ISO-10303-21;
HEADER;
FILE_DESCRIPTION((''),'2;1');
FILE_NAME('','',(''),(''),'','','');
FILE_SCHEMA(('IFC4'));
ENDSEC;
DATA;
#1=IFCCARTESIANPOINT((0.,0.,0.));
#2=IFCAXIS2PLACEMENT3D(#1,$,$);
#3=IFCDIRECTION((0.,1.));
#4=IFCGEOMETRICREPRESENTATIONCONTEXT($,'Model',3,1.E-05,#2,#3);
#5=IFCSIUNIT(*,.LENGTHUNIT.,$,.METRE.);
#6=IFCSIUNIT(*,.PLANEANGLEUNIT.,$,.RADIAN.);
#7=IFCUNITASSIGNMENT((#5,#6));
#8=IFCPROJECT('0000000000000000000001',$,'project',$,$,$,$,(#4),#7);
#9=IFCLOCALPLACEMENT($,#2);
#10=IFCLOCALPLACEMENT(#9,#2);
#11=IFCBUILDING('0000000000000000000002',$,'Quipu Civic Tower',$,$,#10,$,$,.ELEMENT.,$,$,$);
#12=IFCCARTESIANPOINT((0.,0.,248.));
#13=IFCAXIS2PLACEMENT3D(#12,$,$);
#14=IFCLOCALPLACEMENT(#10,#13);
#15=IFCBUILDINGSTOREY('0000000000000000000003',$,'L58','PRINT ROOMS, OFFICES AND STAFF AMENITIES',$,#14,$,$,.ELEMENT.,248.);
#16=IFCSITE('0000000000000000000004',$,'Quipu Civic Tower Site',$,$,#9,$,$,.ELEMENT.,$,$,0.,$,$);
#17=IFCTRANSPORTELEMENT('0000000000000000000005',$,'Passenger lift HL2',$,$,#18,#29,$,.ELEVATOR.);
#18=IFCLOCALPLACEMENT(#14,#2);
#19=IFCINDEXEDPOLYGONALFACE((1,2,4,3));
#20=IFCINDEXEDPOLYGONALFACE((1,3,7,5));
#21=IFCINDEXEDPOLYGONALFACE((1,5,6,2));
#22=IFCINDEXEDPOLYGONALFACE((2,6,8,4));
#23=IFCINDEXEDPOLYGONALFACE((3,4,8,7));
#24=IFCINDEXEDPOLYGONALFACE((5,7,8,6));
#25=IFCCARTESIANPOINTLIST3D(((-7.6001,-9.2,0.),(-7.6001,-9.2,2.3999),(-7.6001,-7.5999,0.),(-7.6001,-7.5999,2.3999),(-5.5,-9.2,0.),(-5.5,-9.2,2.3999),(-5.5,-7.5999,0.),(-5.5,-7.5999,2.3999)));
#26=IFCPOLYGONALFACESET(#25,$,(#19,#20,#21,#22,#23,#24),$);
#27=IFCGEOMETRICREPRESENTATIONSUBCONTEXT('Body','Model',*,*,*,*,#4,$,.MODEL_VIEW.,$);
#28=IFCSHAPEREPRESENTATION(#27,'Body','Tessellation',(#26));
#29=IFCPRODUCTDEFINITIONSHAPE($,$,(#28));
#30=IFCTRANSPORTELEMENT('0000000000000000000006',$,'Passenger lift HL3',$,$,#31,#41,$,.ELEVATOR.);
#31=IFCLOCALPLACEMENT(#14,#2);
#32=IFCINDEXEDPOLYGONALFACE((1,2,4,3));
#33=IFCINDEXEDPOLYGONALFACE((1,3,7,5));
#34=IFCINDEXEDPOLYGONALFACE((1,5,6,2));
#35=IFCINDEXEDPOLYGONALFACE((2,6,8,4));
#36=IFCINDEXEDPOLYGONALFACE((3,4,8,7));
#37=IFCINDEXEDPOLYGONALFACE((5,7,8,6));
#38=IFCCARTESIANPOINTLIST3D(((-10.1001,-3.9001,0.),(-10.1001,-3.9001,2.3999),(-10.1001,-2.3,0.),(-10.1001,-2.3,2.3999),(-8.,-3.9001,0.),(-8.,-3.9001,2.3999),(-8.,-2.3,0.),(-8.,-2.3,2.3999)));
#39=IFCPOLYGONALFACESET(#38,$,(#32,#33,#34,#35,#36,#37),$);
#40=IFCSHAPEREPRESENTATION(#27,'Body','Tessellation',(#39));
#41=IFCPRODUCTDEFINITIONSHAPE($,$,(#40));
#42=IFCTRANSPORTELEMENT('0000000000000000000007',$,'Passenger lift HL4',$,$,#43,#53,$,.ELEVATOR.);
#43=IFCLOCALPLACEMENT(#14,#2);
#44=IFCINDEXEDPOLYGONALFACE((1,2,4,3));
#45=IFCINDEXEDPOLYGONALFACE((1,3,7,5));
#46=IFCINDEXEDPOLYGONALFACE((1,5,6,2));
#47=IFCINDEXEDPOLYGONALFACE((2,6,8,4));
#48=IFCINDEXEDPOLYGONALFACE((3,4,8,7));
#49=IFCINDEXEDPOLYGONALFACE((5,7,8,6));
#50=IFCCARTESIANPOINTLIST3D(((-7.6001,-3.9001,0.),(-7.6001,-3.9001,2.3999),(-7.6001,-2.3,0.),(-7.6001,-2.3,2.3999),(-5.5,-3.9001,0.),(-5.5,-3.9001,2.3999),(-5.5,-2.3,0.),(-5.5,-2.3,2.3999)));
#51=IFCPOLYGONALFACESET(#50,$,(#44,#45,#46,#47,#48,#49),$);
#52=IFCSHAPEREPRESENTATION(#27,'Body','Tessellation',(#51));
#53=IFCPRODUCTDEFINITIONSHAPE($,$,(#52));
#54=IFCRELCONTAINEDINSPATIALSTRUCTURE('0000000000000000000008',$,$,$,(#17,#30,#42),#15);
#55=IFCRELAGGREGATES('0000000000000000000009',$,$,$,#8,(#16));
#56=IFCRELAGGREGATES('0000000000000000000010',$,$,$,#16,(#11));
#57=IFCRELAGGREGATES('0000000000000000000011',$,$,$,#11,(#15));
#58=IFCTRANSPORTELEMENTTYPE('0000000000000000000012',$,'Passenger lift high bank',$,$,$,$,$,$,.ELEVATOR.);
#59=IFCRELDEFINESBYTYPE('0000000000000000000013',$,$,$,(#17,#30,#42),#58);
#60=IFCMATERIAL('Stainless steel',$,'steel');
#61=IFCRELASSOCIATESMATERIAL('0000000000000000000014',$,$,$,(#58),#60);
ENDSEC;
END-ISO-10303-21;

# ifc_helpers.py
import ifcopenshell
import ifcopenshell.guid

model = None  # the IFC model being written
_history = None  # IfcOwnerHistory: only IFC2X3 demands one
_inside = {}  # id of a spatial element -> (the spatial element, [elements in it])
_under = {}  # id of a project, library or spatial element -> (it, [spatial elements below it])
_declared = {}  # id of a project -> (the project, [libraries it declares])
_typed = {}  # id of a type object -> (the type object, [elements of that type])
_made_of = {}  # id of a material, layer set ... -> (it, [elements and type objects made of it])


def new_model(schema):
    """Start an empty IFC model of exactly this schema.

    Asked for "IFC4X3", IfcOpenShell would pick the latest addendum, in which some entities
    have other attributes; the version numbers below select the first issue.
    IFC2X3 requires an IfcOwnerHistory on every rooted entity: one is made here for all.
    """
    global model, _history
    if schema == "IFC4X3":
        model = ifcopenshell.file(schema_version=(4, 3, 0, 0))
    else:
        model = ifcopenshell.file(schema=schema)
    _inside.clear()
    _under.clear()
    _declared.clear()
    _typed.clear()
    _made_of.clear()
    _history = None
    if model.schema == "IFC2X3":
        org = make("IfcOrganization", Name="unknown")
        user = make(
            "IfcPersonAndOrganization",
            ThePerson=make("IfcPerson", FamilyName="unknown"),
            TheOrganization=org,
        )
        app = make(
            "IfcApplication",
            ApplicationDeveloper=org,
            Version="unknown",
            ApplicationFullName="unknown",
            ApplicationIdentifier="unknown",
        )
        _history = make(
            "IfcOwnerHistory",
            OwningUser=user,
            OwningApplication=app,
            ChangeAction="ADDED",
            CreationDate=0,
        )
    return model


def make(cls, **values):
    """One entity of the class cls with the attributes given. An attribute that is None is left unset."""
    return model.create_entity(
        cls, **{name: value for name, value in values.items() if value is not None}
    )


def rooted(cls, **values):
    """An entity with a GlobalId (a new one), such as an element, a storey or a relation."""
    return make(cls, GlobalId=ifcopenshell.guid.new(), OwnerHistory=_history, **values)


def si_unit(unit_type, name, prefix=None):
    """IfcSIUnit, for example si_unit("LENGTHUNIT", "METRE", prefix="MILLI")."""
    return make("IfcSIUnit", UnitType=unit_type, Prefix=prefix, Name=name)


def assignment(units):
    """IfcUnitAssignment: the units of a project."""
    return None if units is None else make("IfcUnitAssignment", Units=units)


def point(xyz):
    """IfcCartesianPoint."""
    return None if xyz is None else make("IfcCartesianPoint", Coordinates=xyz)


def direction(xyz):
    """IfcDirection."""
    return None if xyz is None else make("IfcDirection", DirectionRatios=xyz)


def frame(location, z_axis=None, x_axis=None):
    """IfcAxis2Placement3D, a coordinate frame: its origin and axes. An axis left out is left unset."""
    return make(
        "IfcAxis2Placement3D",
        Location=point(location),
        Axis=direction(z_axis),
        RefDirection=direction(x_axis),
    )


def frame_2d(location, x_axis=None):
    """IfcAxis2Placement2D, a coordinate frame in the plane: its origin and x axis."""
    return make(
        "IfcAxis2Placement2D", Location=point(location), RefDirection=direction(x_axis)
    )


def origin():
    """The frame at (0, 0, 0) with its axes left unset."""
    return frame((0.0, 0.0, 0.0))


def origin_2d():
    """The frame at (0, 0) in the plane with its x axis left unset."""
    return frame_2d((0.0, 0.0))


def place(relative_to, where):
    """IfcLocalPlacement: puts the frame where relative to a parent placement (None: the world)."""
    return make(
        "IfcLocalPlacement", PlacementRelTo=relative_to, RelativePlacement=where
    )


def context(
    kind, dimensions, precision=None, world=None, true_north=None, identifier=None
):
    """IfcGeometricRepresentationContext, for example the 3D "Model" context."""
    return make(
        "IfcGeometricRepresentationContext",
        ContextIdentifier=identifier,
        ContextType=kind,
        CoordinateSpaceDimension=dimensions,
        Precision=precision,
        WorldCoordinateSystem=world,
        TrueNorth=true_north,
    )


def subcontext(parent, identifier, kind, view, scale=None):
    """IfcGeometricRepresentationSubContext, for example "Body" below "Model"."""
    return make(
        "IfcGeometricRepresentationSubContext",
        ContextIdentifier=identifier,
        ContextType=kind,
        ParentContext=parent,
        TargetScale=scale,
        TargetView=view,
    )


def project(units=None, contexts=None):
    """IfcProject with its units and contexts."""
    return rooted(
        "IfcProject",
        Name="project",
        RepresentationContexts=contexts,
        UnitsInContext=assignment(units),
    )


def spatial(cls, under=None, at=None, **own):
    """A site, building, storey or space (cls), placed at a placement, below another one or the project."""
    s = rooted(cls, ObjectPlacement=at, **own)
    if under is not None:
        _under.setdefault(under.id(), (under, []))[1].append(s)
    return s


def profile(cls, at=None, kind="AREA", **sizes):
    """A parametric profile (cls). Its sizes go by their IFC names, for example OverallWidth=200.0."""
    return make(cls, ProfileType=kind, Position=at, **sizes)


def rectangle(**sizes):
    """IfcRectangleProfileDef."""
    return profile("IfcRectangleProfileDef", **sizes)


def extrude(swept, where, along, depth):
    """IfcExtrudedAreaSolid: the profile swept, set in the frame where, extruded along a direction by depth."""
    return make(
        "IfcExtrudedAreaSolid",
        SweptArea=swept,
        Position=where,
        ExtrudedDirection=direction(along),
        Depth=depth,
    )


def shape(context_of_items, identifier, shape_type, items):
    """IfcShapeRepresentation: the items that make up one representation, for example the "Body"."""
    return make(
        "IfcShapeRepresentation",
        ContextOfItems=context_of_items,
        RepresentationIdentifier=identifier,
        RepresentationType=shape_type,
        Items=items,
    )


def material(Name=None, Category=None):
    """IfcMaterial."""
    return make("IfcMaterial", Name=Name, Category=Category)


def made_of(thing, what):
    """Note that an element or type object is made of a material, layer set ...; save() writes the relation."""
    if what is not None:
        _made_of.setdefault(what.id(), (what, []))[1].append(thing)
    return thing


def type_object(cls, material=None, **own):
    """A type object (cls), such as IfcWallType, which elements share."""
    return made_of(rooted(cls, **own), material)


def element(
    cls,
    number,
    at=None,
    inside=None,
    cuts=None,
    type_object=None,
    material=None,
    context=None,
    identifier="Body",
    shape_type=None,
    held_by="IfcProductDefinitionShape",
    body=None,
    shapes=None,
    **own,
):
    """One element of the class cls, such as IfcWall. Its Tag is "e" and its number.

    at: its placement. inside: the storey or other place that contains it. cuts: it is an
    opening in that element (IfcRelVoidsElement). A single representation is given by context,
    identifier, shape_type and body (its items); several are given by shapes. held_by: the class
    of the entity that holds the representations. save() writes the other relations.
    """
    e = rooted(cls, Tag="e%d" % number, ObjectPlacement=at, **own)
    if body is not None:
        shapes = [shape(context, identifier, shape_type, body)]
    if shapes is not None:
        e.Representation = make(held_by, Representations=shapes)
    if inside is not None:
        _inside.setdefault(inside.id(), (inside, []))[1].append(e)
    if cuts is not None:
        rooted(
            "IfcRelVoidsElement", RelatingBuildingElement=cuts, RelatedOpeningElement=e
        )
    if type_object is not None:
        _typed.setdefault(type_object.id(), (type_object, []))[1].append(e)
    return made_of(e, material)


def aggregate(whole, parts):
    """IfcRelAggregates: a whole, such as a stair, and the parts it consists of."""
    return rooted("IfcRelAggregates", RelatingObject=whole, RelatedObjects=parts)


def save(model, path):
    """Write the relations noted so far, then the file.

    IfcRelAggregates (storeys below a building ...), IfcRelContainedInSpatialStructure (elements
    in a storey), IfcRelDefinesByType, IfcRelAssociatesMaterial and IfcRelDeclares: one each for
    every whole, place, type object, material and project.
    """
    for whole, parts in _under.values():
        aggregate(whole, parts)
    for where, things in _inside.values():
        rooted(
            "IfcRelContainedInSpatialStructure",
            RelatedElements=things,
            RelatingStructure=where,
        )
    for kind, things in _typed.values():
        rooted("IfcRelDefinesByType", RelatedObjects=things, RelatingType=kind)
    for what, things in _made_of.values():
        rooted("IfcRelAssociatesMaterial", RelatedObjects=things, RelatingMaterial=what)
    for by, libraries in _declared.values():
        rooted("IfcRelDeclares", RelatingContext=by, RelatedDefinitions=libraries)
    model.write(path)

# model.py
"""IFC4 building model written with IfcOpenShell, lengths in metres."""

from ifc_helpers import new_model, si_unit, direction, frame, origin, origin_2d, place, context, subcontext, project, spatial, rectangle, extrude, material, type_object, element, save


model = new_model("IFC4")

# Units and contexts
model_context = context("Model", 3, precision=1e-05, world=origin(), true_north=direction((0.0, 1.0)))
body_context = subcontext(model_context, "Body", "Model", "MODEL_VIEW")
ifc_project = project(units=[si_unit("LENGTHUNIT", "METRE"), si_unit("PLANEANGLEUNIT", "RADIAN")], contexts=[model_context])

# Site, building, storey
site_placement = place(None, origin())
site = spatial("IfcSite", under=ifc_project, at=site_placement, Name="Quipu Civic Tower Site", CompositionType="ELEMENT", RefElevation=0.0)
building_placement = place(site_placement, origin())
building = spatial("IfcBuilding", under=site, at=building_placement, Name="Quipu Civic Tower", CompositionType="ELEMENT")
storey_placement = place(building_placement, frame((0.0, 0.0, 248.0)))
storey = spatial("IfcBuildingStorey", under=building, at=storey_placement, Name="L58", Description="PRINT ROOMS, OFFICES AND STAFF AMENITIES", CompositionType="ELEMENT", Elevation=248.0)

# Transport elements
ifc_material_1 = material(Name="Stainless steel", Category="steel")
transport_element_type = type_object("IfcTransportElementType", Name="Passenger lift high bank", PredefinedType="ELEVATOR", material=ifc_material_1)
for number, where, z_axis, x_axis, name in (
    (1, (-6.55, -8.3999, 0.0), (0.0, 0.0, 1.0), (1.0, 0.0, 0.0), "Passenger lift HL2"),
    (2, (-9.05, -3.1001, 0.0), (0.0, 0.0, 1.0), (1.0, 0.0, 0.0), "Passenger lift HL3"),
    (3, (-6.55, -3.1001, 0.0), (0.0, 0.0, 1.0), (1.0, 0.0, 0.0), "Passenger lift HL4"),
):
    element("IfcTransportElement", number, at=place(storey_placement, frame(where, z_axis=z_axis, x_axis=x_axis)), inside=storey, type_object=transport_element_type, Name=name, PredefinedType="ELEVATOR", context=body_context, shape_type="SweptSolid", body=[
        extrude(rectangle(XDim=2.1001, YDim=1.6001, at=origin_2d()), origin(), (0.0, 0.0, 1.0), 2.3999),
    ])

save(model, "model.ifc")
